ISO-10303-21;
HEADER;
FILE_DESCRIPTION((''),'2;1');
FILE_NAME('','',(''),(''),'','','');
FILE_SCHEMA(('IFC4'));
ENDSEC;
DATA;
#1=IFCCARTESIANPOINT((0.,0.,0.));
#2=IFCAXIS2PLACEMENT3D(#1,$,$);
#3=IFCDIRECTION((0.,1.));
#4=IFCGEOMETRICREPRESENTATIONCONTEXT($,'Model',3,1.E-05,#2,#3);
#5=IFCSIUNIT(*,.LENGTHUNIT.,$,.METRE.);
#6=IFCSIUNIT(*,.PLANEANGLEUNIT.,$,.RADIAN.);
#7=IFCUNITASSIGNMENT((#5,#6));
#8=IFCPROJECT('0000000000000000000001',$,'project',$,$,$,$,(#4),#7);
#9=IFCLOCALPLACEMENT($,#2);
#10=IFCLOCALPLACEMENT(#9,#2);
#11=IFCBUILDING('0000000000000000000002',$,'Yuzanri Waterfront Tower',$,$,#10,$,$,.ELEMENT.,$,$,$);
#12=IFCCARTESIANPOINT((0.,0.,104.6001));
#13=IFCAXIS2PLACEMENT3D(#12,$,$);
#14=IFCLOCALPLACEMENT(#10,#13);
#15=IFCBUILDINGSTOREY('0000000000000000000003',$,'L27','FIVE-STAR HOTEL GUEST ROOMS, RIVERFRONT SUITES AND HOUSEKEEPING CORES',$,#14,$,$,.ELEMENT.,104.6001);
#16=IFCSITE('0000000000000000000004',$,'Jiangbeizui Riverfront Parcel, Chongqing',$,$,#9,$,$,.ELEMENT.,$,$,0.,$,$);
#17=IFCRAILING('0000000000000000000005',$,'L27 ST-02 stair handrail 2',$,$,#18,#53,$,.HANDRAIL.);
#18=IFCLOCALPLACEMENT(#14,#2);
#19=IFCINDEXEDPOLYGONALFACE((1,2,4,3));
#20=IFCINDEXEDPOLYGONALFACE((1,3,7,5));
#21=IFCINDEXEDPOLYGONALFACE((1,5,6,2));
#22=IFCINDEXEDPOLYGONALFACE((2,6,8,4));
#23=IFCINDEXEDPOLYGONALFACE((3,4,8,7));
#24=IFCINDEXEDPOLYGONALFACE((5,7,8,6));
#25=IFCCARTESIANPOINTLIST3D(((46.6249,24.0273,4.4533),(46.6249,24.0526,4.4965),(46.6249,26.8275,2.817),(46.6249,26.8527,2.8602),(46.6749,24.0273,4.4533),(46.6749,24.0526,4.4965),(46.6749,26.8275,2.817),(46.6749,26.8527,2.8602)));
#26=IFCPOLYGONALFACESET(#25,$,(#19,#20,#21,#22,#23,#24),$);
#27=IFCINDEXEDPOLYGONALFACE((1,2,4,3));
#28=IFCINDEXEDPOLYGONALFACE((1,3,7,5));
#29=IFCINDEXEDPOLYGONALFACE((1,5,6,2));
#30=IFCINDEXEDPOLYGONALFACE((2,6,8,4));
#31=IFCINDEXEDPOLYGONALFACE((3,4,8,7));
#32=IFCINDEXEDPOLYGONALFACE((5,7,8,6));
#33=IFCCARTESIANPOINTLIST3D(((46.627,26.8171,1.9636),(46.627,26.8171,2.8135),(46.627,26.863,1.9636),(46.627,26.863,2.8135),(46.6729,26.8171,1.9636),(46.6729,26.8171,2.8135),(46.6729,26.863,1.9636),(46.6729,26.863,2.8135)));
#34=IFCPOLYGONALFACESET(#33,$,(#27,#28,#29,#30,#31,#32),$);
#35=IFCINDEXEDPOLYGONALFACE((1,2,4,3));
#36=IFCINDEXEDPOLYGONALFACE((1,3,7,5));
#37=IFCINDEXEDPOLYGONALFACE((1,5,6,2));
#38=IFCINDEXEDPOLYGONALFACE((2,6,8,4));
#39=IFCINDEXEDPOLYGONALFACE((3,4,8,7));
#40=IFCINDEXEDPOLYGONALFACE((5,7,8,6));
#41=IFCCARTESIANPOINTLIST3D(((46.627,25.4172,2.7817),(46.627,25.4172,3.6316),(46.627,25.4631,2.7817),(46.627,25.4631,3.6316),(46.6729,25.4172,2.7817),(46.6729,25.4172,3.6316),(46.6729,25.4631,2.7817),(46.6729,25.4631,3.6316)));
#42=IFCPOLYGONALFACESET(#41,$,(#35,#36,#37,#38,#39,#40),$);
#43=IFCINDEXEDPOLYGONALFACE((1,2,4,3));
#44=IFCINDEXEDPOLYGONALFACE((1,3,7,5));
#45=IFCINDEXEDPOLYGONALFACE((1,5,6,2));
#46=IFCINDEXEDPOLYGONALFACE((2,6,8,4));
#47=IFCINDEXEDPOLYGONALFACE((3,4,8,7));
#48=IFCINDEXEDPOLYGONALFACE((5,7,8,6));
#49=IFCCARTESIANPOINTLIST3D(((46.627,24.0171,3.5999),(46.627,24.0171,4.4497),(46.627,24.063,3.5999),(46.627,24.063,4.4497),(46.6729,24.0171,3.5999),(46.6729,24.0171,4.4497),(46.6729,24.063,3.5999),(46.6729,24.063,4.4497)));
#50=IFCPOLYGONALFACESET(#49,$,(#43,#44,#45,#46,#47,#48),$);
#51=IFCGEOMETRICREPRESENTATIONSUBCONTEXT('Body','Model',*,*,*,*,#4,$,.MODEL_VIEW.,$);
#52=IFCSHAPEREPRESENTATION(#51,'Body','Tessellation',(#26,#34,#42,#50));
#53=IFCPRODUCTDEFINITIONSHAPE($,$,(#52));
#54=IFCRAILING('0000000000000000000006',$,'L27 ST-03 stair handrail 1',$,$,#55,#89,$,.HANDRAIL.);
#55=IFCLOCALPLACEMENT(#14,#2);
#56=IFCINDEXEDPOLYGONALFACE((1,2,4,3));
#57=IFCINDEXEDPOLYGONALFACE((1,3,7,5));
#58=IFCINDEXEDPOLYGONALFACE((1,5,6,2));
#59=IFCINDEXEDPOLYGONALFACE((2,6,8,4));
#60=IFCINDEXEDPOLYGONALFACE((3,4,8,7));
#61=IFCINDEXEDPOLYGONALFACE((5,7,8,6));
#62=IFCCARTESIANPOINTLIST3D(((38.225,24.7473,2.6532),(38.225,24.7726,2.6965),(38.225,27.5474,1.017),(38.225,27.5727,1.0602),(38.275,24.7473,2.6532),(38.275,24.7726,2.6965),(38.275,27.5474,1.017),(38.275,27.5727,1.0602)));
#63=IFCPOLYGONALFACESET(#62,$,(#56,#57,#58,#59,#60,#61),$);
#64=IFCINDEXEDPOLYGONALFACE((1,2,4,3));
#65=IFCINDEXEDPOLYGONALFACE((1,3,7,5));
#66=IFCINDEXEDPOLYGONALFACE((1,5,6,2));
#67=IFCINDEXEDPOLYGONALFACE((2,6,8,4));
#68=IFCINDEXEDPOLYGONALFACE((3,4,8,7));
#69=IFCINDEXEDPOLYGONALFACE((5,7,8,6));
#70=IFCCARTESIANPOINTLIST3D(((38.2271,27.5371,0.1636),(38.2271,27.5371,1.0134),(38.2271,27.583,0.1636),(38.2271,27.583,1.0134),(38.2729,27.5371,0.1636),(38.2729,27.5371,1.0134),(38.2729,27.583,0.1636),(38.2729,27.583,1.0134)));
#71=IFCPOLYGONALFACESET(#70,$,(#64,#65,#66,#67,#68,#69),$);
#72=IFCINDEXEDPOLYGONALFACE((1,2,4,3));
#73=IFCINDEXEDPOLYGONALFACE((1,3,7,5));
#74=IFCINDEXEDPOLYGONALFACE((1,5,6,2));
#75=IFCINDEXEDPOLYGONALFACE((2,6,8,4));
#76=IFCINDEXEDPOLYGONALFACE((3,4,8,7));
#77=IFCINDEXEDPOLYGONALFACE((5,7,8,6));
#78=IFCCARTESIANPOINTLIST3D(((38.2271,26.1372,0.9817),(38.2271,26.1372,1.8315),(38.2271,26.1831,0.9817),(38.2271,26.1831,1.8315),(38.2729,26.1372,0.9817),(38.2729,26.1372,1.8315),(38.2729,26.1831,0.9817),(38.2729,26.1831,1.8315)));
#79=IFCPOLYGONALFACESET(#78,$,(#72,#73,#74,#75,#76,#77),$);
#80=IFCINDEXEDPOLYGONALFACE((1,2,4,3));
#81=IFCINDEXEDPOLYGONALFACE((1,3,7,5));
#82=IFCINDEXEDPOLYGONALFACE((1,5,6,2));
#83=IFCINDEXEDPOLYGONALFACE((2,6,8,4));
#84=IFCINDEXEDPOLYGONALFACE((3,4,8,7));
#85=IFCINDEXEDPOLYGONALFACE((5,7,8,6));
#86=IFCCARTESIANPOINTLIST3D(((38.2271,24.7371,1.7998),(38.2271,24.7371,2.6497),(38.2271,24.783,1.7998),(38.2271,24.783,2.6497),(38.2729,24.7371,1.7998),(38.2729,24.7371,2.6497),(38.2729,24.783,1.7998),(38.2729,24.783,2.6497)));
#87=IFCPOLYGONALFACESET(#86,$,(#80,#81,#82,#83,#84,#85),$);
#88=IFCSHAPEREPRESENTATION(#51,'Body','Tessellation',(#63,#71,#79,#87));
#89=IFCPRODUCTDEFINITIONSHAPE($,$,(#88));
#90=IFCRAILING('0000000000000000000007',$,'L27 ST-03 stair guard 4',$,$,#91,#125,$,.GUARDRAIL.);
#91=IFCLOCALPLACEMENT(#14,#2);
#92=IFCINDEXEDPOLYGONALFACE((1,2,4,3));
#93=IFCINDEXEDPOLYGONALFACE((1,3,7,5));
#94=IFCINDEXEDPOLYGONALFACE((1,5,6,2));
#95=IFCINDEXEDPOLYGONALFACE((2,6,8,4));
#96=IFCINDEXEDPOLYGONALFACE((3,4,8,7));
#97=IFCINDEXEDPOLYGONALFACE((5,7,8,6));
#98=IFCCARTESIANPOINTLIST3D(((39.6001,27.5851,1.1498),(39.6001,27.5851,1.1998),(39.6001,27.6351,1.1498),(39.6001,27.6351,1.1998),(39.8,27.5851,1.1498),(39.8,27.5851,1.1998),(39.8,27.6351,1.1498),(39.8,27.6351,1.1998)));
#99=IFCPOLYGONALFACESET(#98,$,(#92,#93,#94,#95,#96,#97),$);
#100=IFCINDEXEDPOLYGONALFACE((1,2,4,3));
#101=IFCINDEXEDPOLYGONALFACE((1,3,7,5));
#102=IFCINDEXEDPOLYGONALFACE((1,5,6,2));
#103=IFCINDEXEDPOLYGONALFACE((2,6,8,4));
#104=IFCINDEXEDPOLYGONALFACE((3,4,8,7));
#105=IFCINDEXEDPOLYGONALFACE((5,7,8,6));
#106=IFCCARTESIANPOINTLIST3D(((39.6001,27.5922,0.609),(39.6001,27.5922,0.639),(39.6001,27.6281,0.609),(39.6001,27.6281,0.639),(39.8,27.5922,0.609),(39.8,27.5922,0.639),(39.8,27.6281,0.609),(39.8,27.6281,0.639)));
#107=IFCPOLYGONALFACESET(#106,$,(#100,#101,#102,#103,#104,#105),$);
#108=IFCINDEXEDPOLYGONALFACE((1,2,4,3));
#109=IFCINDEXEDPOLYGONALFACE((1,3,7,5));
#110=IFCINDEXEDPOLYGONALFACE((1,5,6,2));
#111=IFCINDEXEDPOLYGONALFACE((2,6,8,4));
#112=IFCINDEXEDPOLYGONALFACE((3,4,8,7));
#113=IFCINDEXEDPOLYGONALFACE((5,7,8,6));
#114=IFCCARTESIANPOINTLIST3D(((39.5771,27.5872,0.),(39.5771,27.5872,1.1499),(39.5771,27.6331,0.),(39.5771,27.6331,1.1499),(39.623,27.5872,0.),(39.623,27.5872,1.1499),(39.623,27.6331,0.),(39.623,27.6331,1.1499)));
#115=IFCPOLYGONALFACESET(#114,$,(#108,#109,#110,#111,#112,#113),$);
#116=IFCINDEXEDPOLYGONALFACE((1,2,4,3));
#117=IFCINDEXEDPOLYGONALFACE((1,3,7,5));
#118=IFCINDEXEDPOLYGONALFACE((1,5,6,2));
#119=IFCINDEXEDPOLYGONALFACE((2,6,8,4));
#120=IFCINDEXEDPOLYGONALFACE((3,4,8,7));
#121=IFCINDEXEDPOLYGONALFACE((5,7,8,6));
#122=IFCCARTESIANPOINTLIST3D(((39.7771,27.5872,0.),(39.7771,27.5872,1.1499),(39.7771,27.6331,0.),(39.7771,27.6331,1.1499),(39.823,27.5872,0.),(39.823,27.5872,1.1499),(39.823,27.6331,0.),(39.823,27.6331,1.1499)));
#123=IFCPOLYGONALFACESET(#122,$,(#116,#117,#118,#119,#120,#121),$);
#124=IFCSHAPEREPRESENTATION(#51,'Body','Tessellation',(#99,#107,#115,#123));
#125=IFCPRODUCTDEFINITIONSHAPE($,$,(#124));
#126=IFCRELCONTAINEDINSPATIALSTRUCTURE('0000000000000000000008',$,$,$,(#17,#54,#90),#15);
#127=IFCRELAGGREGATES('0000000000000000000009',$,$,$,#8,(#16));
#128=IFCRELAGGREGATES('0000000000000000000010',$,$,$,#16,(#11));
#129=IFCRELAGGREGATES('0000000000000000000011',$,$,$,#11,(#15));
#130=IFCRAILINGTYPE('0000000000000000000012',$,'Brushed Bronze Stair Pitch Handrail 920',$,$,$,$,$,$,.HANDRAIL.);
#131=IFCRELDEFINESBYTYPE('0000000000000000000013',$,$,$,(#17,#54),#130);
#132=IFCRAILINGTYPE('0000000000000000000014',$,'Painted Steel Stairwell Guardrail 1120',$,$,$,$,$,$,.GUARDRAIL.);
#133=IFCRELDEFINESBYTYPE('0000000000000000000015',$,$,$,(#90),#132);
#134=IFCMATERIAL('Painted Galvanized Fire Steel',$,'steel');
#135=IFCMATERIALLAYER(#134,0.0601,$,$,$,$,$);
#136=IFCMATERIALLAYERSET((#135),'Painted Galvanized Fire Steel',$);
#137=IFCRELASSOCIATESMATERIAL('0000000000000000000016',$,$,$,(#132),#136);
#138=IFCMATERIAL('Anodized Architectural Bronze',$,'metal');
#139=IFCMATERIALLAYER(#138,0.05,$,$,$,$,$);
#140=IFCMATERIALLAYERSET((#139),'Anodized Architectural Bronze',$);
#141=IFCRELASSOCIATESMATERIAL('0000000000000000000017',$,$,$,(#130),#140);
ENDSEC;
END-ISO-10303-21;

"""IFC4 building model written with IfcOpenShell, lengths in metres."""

from ifc_helpers import new_model, si_unit, direction, frame, origin, origin_2d, place, context, subcontext, project, spatial, rectangle, extrude, source, transform, mapped, material, layer, layer_set, type_object, element, save


model = new_model("IFC4")

# Units and contexts
model_context = context("Model", 3, precision=1e-05, world=origin(), true_north=direction((0.0, 1.0)))
body_context = subcontext(model_context, "Body", "Model", "MODEL_VIEW")
ifc_project = project(units=[si_unit("LENGTHUNIT", "METRE"), si_unit("PLANEANGLEUNIT", "RADIAN")], contexts=[model_context])

# Site, building, storey
site_placement = place(None, origin())
site = spatial("IfcSite", under=ifc_project, at=site_placement, Name="Jiangbeizui Riverfront Parcel, Chongqing", CompositionType="ELEMENT", RefElevation=0.0)
building_placement = place(site_placement, origin())
building = spatial("IfcBuilding", under=site, at=building_placement, Name="Yuzanri Waterfront Tower", CompositionType="ELEMENT")
storey_placement = place(building_placement, frame((0.0, 0.0, 104.6001)))
storey = spatial("IfcBuildingStorey", under=building, at=storey_placement, Name="L27", Description="FIVE-STAR HOTEL GUEST ROOMS, RIVERFRONT SUITES AND HOUSEKEEPING CORES", CompositionType="ELEMENT", Elevation=104.6001)

# Railings
ifc_material_1 = material(Name="Painted Galvanized Fire Steel", Category="steel")
ifc_layer_1 = layer(ifc_material_1, 0.0601)
ifc_layer_set_1 = layer_set([ifc_layer_1], Name="Painted Galvanized Fire Steel")
railing_type_1 = type_object("IfcRailingType", Name="Painted Steel Stairwell Guardrail 1120", PredefinedType="GUARDRAIL", material=ifc_layer_set_1)
ifc_material_2 = material(Name="Anodized Architectural Bronze", Category="metal")
ifc_layer_2 = layer(ifc_material_2, 0.05)
ifc_layer_set_2 = layer_set([ifc_layer_2], Name="Anodized Architectural Bronze")
railing_type_2 = type_object("IfcRailingType", Name="Brushed Bronze Stair Pitch Handrail 920", PredefinedType="HANDRAIL", material=ifc_layer_set_2)
shared_shape_1 = source(origin(), body_context, "Body", "SweptSolid", [
    extrude(rectangle(XDim=0.05, YDim=0.05, at=origin_2d()), frame((0.0, 0.0, 0.875), z_axis=(0.0, -0.863394, 0.504531), x_axis=(1.0, 0.0, 0.0)), (0.0, 0.0, 1.0), 3.2432),
    extrude(rectangle(XDim=0.0459, YDim=0.0459, at=origin_2d()), origin(), (0.0, 0.0, 1.0), 0.8499),
    extrude(rectangle(XDim=0.0459, YDim=0.0459, at=origin_2d()), frame((0.0, -1.3999, 0.8181)), (0.0, 0.0, 1.0), 0.8499),
    extrude(rectangle(XDim=0.0459, YDim=0.0459, at=origin_2d()), frame((0.0, -2.8, 1.6362)), (0.0, 0.0, 1.0), 0.8499),
])
for number, where, name in (
    (1, (46.6499, 26.8401, 1.9636), "L27 ST-02 stair handrail 2"),
    (2, (38.25, 27.5601, 0.1636), "L27 ST-03 stair handrail 1"),
):
    element("IfcRailing", number, at=place(storey_placement, frame(where)), inside=storey, type_object=railing_type_2, Name=name, PredefinedType="HANDRAIL", context=body_context, shape_type="MappedRepresentation", body=[
        mapped(shared_shape_1, transform((0.0, 0.0, 0.0), scale=1.0)),
    ])
shared_shape_2 = source(origin(), body_context, "Body", "SweptSolid", [
    extrude(rectangle(XDim=0.05, YDim=0.05, at=origin_2d()), frame((0.0, 0.0, 1.1748), z_axis=(1.0, 0.0, 0.0), x_axis=(0.0, 1.0, 0.0)), (0.0, 0.0, 1.0), 0.2),
    extrude(rectangle(XDim=0.0359, YDim=0.03, at=origin_2d()), frame((0.0, 0.0, 0.624), z_axis=(1.0, 0.0, 0.0), x_axis=(0.0, 1.0, 0.0)), (0.0, 0.0, 1.0), 0.2),
    extrude(rectangle(XDim=0.0459, YDim=0.0459, at=origin_2d()), origin(), (0.0, 0.0, 1.0), 1.1499),
    extrude(rectangle(XDim=0.0459, YDim=0.0459, at=origin_2d()), frame((0.2, 0.0, 0.0)), (0.0, 0.0, 1.0), 1.1499),
])
railing_1_placement = place(storey_placement, frame((39.6001, 27.6101, 0.0)))
element("IfcRailing", 3, at=railing_1_placement, inside=storey, type_object=railing_type_1, Name="L27 ST-03 stair guard 4", PredefinedType="GUARDRAIL", context=body_context, shape_type="MappedRepresentation", body=[
    mapped(shared_shape_2, transform((0.0, 0.0, 0.0), scale=1.0)),
])

save(model, "model.ifc")
